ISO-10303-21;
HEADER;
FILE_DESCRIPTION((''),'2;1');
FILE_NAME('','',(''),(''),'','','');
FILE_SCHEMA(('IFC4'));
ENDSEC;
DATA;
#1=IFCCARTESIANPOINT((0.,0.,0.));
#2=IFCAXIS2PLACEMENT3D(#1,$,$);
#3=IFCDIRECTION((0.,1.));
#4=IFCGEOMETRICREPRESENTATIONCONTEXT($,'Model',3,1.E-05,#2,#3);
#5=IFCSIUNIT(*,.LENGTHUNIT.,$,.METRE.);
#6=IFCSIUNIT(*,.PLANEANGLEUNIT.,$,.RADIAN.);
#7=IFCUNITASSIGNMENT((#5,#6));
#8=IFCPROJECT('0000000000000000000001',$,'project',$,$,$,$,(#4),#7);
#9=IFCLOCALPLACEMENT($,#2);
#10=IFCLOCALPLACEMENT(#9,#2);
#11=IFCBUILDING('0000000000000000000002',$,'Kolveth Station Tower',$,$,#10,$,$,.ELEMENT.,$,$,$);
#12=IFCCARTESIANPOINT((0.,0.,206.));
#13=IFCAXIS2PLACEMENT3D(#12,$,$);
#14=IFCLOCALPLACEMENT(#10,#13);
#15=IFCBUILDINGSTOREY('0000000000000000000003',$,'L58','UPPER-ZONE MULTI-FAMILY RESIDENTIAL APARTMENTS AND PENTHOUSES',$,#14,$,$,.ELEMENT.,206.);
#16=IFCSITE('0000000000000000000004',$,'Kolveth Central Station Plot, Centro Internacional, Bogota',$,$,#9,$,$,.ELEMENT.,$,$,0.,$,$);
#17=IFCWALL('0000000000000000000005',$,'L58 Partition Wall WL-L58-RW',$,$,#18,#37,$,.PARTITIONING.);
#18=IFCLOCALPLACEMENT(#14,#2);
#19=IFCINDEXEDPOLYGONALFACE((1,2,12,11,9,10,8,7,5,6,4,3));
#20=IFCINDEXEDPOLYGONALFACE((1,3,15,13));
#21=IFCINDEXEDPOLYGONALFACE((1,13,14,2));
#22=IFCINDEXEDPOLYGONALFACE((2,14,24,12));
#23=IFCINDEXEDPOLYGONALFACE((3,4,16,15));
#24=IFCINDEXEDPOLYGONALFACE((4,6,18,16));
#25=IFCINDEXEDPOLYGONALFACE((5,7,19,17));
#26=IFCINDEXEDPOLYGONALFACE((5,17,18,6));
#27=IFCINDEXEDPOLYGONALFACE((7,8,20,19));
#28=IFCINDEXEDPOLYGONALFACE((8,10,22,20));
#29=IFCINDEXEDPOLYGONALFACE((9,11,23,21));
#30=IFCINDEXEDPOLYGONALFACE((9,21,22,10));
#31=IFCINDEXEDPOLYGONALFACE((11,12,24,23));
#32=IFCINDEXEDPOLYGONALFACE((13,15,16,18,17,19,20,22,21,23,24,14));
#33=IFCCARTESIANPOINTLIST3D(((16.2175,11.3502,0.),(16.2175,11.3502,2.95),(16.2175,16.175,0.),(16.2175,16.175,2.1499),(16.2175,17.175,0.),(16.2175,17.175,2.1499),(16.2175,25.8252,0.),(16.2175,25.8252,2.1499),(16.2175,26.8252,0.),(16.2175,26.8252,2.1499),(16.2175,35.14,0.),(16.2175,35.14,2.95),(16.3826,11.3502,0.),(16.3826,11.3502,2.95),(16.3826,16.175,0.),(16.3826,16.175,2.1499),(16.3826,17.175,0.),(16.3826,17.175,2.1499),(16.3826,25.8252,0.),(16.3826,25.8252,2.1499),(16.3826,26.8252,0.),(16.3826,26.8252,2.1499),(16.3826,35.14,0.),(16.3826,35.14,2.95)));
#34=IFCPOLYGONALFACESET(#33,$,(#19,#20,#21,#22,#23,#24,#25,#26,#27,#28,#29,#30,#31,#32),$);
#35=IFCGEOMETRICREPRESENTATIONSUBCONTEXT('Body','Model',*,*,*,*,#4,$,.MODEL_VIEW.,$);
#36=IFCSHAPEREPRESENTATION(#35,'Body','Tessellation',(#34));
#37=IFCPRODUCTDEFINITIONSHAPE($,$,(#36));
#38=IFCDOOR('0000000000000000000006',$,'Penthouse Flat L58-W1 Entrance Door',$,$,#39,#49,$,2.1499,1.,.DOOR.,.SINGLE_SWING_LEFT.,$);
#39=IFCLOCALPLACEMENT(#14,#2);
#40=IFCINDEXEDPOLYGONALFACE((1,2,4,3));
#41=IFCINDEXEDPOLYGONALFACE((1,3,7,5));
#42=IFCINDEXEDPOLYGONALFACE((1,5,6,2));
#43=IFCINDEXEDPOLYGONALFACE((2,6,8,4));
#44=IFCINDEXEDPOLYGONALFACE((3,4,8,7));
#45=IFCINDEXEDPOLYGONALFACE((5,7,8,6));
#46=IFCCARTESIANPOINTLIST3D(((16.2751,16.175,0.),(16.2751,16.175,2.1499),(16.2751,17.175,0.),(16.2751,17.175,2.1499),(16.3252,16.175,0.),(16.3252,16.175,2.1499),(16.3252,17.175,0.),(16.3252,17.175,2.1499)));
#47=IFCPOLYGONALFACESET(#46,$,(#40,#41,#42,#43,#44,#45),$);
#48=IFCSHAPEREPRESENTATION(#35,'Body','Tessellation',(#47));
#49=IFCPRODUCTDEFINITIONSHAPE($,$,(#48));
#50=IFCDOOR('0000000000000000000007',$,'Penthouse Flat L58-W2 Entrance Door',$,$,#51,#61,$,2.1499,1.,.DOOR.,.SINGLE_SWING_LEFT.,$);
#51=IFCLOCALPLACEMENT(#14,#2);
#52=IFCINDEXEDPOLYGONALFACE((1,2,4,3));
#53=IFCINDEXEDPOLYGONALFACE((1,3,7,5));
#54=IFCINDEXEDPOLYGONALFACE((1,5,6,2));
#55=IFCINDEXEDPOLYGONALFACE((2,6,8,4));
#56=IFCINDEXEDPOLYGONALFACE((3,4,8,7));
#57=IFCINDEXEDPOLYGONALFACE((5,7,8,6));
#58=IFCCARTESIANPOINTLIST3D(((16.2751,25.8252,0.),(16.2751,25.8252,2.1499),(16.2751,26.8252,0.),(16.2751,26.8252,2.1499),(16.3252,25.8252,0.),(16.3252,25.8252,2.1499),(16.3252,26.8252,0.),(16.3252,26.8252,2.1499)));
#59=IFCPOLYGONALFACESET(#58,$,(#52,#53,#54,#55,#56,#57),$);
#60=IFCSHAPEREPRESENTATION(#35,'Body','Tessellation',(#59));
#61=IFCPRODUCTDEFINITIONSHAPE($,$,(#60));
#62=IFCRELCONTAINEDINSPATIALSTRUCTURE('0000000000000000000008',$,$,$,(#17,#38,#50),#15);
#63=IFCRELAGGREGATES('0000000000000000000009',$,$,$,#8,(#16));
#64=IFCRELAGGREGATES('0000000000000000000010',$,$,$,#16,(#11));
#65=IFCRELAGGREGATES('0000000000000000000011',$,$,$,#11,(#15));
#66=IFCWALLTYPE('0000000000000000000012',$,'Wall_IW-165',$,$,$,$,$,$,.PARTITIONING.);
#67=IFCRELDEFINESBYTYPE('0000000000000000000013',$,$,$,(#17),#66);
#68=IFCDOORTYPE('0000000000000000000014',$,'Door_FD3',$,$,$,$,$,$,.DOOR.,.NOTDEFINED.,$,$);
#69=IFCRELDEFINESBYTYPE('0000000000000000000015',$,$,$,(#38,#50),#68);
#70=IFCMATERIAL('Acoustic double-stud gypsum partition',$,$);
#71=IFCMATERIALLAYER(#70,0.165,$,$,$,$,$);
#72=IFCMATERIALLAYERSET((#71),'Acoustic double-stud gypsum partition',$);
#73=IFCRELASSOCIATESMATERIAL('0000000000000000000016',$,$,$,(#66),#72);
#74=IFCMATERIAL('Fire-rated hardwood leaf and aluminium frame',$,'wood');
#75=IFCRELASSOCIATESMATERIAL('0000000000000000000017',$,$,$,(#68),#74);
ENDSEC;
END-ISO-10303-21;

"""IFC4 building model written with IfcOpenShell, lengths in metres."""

from ifc_helpers import new_model, si_unit, direction, frame, frame_2d, origin, place, context, subcontext, project, spatial, rectangle, extrude, material, layer, layer_set, type_object, element, fill, save


model = new_model("IFC4")

# Units and contexts
model_context = context("Model", 3, precision=1e-05, world=origin(), true_north=direction((0.0, 1.0)))
body_context = subcontext(model_context, "Body", "Model", "MODEL_VIEW")
ifc_project = project(units=[si_unit("LENGTHUNIT", "METRE"), si_unit("PLANEANGLEUNIT", "RADIAN")], contexts=[model_context])

# Site, building, storey
site_placement = place(None, origin())
site = spatial("IfcSite", under=ifc_project, at=site_placement, Name="Kolveth Central Station Plot, Centro Internacional, Bogota", CompositionType="ELEMENT", RefElevation=0.0)
building_placement = place(site_placement, origin())
building = spatial("IfcBuilding", under=site, at=building_placement, Name="Kolveth Station Tower", CompositionType="ELEMENT")
storey_placement = place(building_placement, frame((0.0, 0.0, 206.0)))
storey = spatial("IfcBuildingStorey", under=building, at=storey_placement, Name="L58", Description="UPPER-ZONE MULTI-FAMILY RESIDENTIAL APARTMENTS AND PENTHOUSES", CompositionType="ELEMENT", Elevation=206.0)

# Wall, openings, doors
ifc_material_1 = material(Name="Acoustic double-stud gypsum partition")
ifc_layer_1 = layer(ifc_material_1, 0.165)
ifc_layer_set_1 = layer_set([ifc_layer_1], Name="Acoustic double-stud gypsum partition")
wall_type_1 = type_object("IfcWallType", Name="Wall_IW-165", PredefinedType="PARTITIONING", material=ifc_layer_set_1)
wall_1_placement = place(storey_placement, frame((16.3, 11.3501, 0.0), z_axis=(0.0, 0.0, 1.0), x_axis=(0.0, 1.0, 0.0)))
wall_1 = element("IfcWall", 1, at=wall_1_placement, inside=storey, type_object=wall_type_1, Name="L58 Partition Wall WL-L58-RW", PredefinedType="PARTITIONING", context=body_context, shape_type="SweptSolid", body=[
    extrude(rectangle(XDim=23.7898, YDim=0.165, at=frame_2d((11.895, 0.0))), origin(), (0.0, 0.0, 1.0), 2.95),
])
opening_1_placement = place(wall_1_placement, frame((4.825, 0.0, 0.0)))
opening_1 = element("IfcOpeningElement", 2, at=opening_1_placement, cuts=wall_1, PredefinedType="OPENING", context=body_context, shape_type="SweptSolid", body=[
    extrude(rectangle(XDim=1.0, YDim=2.1499, at=frame_2d((0.5, 1.075))), frame((0.0, 0.0925, 0.0), z_axis=(0.0, -1.0, 0.0), x_axis=(1.0, 0.0, 0.0)), (0.0, 0.0, 1.0), 0.1851),
])
opening_2_placement = place(wall_1_placement, frame((14.4751, 0.0, 0.0)))
opening_2 = element("IfcOpeningElement", 3, at=opening_2_placement, cuts=wall_1, PredefinedType="OPENING", context=body_context, shape_type="SweptSolid", body=[
    extrude(rectangle(XDim=1.0, YDim=2.1499, at=frame_2d((0.5, 1.075))), frame((0.0, 0.0925, 0.0), z_axis=(0.0, -1.0, 0.0), x_axis=(1.0, 0.0, 0.0)), (0.0, 0.0, 1.0), 0.1851),
])
ifc_material_2 = material(Name="Fire-rated hardwood leaf and aluminium frame", Category="wood")
door_type_1 = type_object("IfcDoorType", Name="Door_FD3", OperationType="NOTDEFINED", PredefinedType="DOOR", material=ifc_material_2)
door_1_placement = place(opening_1_placement, origin())
door_1 = element("IfcDoor", 4, at=door_1_placement, inside=storey, type_object=door_type_1, Name="Penthouse Flat L58-W1 Entrance Door", OperationType="SINGLE_SWING_LEFT", OverallHeight=2.1499, OverallWidth=1.0, PredefinedType="DOOR", context=body_context, shape_type="SweptSolid", body=[
    extrude(rectangle(XDim=1.0, YDim=2.1499, at=frame_2d((0.5, 1.075))), frame((0.0, 0.0249, 0.0), z_axis=(0.0, -1.0, 0.0), x_axis=(1.0, 0.0, 0.0)), (0.0, 0.0, 1.0), 0.05),
])
fill(opening_1, door_1)
door_2_placement = place(opening_2_placement, origin())
door_2 = element("IfcDoor", 5, at=door_2_placement, inside=storey, type_object=door_type_1, Name="Penthouse Flat L58-W2 Entrance Door", OperationType="SINGLE_SWING_LEFT", OverallHeight=2.1499, OverallWidth=1.0, PredefinedType="DOOR", context=body_context, shape_type="SweptSolid", body=[
    extrude(rectangle(XDim=1.0, YDim=2.1499, at=frame_2d((0.5, 1.075))), frame((0.0, 0.0249, 0.0), z_axis=(0.0, -1.0, 0.0), x_axis=(1.0, 0.0, 0.0)), (0.0, 0.0, 1.0), 0.05),
])
fill(opening_2, door_2)

save(model, "model.ifc")
